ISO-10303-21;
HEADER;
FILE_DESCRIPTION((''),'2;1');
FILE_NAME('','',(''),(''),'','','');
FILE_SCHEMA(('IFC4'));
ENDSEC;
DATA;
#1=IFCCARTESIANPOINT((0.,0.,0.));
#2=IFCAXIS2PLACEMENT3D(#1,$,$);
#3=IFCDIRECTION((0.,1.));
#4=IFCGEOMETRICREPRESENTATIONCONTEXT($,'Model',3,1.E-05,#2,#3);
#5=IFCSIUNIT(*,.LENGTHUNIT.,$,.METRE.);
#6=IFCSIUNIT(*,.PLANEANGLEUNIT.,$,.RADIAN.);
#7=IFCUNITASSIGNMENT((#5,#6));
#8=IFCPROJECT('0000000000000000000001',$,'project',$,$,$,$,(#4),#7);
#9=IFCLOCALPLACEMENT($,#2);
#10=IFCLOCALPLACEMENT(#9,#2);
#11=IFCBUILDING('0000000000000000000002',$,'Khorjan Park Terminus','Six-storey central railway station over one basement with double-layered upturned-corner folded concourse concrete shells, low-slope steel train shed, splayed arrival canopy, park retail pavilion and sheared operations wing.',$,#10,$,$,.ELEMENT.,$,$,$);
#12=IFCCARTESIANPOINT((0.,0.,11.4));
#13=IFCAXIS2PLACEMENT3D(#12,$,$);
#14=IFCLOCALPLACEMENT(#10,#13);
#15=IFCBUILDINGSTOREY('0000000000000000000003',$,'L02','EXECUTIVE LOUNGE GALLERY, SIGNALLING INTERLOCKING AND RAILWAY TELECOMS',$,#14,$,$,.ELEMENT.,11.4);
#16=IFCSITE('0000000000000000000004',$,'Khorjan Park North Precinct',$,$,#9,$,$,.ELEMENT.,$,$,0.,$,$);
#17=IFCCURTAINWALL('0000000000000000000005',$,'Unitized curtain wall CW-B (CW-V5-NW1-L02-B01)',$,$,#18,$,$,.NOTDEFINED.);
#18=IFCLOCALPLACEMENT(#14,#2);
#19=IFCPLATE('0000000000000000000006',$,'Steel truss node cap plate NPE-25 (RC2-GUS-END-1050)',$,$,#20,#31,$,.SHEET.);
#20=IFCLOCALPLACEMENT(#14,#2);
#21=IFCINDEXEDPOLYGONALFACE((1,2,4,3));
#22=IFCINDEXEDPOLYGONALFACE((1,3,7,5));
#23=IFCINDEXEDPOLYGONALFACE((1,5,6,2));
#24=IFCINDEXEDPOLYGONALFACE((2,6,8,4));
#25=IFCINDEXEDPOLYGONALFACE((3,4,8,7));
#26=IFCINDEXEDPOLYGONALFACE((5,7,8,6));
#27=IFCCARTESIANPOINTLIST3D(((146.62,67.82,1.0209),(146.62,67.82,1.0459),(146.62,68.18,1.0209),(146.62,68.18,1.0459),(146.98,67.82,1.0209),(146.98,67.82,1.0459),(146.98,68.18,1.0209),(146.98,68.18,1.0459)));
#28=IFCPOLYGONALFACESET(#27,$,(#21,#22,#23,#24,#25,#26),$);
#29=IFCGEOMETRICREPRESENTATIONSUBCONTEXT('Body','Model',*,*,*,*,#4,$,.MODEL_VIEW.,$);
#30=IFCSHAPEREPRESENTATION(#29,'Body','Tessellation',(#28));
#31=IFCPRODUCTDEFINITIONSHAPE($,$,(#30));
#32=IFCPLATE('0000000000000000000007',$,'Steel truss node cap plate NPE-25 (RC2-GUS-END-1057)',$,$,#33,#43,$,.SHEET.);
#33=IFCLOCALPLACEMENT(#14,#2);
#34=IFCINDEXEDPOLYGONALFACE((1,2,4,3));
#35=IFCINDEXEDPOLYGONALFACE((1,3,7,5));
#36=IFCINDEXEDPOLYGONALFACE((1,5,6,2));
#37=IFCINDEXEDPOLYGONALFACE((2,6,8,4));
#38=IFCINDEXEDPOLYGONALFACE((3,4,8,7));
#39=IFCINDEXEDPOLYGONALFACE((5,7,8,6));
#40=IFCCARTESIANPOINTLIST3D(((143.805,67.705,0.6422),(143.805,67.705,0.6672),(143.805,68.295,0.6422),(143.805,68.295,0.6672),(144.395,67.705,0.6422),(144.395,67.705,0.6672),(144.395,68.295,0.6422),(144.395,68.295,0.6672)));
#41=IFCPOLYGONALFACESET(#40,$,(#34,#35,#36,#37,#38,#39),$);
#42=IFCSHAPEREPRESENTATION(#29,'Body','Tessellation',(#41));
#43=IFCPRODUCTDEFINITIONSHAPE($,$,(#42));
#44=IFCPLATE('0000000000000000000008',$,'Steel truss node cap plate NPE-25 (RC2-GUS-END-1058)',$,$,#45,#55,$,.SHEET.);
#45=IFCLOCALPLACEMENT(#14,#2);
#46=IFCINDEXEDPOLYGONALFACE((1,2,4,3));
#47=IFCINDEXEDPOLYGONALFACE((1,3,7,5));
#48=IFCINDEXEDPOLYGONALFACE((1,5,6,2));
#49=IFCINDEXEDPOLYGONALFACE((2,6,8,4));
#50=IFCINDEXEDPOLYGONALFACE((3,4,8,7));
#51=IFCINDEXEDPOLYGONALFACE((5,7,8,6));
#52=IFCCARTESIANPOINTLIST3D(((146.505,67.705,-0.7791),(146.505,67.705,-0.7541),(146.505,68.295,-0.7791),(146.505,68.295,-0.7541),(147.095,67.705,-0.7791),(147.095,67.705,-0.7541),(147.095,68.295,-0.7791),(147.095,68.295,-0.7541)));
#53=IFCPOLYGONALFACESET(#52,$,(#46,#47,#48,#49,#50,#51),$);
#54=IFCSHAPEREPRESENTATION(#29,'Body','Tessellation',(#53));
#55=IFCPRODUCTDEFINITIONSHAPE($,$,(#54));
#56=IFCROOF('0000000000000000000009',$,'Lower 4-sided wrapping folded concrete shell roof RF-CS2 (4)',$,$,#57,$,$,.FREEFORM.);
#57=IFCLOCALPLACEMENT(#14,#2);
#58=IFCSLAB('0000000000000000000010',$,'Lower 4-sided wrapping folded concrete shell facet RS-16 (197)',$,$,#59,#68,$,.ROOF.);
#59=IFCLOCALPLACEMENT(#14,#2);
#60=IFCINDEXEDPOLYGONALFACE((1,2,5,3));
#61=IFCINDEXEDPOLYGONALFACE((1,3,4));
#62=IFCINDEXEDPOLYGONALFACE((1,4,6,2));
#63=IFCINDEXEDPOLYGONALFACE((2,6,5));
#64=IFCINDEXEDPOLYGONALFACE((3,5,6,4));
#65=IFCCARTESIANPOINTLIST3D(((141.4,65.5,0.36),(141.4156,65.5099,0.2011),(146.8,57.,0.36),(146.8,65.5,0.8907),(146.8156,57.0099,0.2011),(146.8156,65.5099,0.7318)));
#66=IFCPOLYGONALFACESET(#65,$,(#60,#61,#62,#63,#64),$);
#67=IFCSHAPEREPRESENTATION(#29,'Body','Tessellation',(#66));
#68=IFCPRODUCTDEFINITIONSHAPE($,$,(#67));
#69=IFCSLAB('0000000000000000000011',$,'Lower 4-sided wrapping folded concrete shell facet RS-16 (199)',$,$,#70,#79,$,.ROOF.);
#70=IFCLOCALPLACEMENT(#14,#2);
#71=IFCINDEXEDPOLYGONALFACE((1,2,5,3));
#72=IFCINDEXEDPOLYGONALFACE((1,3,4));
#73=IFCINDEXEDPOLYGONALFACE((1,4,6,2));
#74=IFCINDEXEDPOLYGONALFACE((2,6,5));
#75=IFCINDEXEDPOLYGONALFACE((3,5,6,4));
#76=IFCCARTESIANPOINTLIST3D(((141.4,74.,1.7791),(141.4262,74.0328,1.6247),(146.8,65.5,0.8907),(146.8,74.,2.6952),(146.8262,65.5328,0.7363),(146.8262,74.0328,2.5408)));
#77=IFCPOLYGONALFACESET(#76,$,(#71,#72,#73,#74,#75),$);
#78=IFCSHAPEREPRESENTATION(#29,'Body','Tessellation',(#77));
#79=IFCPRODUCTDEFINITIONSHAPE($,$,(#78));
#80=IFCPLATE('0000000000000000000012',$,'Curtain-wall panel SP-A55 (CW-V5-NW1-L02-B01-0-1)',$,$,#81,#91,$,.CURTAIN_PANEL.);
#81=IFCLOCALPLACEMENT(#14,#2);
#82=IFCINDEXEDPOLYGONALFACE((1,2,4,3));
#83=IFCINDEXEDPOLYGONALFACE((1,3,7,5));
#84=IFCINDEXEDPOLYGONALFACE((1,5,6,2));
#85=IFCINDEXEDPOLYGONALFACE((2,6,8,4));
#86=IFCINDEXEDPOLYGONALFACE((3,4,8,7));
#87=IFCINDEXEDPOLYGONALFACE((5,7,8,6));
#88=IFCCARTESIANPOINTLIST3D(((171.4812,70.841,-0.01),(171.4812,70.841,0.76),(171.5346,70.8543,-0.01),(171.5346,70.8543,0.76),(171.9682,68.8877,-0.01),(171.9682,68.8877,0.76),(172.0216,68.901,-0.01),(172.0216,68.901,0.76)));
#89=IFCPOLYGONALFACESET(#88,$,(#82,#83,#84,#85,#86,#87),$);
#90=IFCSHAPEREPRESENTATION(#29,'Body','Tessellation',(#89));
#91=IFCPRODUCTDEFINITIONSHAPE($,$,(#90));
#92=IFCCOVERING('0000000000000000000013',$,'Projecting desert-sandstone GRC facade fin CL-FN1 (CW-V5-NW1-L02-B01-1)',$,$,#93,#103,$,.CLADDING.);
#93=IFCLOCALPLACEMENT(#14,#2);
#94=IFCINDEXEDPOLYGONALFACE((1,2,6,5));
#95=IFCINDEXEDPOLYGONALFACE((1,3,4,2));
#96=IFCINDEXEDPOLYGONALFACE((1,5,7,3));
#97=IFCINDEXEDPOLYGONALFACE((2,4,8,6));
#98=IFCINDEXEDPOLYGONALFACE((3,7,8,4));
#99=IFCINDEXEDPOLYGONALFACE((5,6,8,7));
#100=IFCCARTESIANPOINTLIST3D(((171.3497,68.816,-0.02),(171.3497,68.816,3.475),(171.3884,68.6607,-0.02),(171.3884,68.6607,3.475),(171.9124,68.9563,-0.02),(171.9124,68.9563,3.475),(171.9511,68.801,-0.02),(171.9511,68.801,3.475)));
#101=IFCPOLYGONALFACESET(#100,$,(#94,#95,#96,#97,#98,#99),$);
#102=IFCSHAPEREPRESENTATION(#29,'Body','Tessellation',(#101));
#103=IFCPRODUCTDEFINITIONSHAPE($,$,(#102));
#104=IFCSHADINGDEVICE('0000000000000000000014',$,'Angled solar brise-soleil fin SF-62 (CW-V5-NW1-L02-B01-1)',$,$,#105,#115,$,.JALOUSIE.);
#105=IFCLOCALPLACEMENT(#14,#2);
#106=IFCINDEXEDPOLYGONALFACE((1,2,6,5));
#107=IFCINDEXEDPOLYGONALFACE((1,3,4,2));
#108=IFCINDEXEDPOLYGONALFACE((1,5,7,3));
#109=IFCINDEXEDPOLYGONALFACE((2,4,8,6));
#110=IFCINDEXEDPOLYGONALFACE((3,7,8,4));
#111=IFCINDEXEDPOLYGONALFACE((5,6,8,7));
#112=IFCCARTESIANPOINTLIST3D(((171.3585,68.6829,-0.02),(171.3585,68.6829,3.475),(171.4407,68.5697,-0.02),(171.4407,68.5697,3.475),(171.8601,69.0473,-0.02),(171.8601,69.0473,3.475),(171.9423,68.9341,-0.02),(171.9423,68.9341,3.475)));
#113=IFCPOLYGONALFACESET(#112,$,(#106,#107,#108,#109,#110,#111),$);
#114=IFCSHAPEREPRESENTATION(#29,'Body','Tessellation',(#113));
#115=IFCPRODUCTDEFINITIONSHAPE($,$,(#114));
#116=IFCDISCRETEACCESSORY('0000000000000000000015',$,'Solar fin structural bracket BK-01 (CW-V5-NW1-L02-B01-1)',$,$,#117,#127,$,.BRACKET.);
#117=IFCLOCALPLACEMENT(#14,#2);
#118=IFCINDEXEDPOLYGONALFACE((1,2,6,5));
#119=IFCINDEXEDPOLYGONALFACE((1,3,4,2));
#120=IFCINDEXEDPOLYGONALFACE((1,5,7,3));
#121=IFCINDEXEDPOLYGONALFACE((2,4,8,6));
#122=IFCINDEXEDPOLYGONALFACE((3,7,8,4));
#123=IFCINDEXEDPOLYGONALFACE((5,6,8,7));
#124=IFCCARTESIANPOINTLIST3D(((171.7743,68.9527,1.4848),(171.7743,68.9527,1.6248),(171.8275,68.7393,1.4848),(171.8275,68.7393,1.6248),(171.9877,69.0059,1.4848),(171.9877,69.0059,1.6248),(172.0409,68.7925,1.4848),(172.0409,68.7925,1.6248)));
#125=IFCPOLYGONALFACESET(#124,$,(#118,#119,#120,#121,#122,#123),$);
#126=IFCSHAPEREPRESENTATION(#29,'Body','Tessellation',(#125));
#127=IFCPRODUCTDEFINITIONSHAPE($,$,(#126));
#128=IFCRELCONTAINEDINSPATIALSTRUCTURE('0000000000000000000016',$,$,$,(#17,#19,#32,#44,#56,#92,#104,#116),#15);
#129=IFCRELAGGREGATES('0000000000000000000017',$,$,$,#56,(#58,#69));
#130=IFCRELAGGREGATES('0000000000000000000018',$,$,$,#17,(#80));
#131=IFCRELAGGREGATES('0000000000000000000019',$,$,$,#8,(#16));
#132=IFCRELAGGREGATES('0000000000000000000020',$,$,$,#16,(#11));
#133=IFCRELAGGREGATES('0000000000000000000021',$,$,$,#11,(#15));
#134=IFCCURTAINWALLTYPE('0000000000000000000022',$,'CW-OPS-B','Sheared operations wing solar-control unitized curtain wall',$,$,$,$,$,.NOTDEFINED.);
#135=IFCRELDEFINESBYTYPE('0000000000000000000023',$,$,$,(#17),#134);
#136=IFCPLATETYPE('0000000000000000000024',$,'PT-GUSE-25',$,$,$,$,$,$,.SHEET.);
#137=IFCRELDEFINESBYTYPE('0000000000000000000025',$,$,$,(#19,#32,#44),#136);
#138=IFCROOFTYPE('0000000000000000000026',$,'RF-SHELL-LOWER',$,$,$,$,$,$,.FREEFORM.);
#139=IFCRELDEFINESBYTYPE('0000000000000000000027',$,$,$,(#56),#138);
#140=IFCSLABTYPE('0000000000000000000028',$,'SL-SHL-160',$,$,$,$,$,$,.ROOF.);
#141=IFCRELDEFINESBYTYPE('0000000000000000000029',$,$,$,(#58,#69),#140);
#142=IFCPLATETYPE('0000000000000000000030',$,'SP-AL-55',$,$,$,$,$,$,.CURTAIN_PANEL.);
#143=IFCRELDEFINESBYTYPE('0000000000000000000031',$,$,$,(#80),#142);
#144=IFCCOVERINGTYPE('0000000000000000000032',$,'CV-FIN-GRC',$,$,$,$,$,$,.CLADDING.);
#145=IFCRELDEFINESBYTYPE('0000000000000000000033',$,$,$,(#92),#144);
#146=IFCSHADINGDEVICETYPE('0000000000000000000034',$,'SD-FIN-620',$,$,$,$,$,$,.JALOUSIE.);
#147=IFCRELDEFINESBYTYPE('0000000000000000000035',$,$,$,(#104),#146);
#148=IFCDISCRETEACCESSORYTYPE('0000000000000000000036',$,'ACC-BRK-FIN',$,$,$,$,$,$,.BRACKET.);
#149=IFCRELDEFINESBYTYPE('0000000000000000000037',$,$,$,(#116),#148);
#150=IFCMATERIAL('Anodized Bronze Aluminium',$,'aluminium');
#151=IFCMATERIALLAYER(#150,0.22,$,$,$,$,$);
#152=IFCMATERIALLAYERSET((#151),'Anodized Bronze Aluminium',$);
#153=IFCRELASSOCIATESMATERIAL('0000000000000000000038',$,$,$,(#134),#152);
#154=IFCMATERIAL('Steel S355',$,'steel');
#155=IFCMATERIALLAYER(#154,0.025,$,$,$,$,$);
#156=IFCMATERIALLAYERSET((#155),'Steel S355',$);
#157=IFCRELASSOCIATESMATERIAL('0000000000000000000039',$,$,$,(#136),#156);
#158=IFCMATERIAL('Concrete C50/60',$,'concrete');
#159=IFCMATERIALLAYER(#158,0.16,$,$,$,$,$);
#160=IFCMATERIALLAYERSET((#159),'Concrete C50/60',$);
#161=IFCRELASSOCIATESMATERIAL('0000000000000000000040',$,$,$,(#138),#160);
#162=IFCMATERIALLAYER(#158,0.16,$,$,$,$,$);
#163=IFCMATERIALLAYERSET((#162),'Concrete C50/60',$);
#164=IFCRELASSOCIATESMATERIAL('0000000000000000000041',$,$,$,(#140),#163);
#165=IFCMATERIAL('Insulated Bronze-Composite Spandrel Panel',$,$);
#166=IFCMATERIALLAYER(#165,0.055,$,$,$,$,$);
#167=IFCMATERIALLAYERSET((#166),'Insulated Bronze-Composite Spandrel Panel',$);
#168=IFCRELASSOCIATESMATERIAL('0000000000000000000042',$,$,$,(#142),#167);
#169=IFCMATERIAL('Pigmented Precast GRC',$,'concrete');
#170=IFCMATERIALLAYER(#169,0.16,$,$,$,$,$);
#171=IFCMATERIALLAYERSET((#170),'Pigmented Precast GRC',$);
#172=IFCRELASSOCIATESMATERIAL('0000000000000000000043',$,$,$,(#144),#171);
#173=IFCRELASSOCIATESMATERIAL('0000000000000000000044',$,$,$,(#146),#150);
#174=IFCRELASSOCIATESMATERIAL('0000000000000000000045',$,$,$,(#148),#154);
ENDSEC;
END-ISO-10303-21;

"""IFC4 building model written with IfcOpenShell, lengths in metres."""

from ifc_helpers import new_model, si_unit, direction, frame, origin, origin_2d, place, context, subcontext, project, spatial, polyline, rectangle, outline, extrude, material, layer, layer_set, type_object, element, aggregate, save


model = new_model("IFC4")

# Units and contexts
model_context = context("Model", 3, precision=1e-05, world=origin(), true_north=direction((0.0, 1.0)))
body_context = subcontext(model_context, "Body", "Model", "MODEL_VIEW")
ifc_project = project(units=[si_unit("LENGTHUNIT", "METRE"), si_unit("PLANEANGLEUNIT", "RADIAN")], contexts=[model_context])

# Site, building, storey
site_placement = place(None, origin())
site = spatial("IfcSite", under=ifc_project, at=site_placement, Name="Khorjan Park North Precinct", CompositionType="ELEMENT", RefElevation=0.0)
building_placement = place(site_placement, origin())
building = spatial("IfcBuilding", under=site, at=building_placement, Name="Khorjan Park Terminus", Description="Six-storey central railway station over one basement with double-layered upturned-corner folded concourse concrete shells, low-slope steel train shed, splayed arrival canopy, park retail pavilion and sheared operations wing.", CompositionType="ELEMENT")
storey_placement = place(building_placement, frame((0.0, 0.0, 11.4)))
storey = spatial("IfcBuildingStorey", under=building, at=storey_placement, Name="L02", Description="EXECUTIVE LOUNGE GALLERY, SIGNALLING INTERLOCKING AND RAILWAY TELECOMS", CompositionType="ELEMENT", Elevation=11.4)

# Shared definitions
ifc_material_1 = material(Name="Concrete C50/60", Category="concrete")

# Shared definitions
ifc_material_2 = material(Name="Steel S355", Category="steel")

# Curtain wall
ifc_material_3 = material(Name="Anodized Bronze Aluminium", Category="aluminium")
ifc_layer_1 = layer(ifc_material_3, 0.22)
ifc_layer_set_1 = layer_set([ifc_layer_1], Name="Anodized Bronze Aluminium")
curtain_wall_type = type_object("IfcCurtainWallType", Name="CW-OPS-B", Description="Sheared operations wing solar-control unitized curtain wall", PredefinedType="NOTDEFINED", material=ifc_layer_set_1)
curtain_wall_placement = place(storey_placement, origin())
curtain_wall = element("IfcCurtainWall", 1, at=curtain_wall_placement, inside=storey, type_object=curtain_wall_type, Name="Unitized curtain wall CW-B (CW-V5-NW1-L02-B01)", PredefinedType="NOTDEFINED")

# Plates
ifc_layer_2 = layer(ifc_material_2, 0.025)
ifc_layer_set_2 = layer_set([ifc_layer_2], Name="Steel S355")
plate_type_1 = type_object("IfcPlateType", Name="PT-GUSE-25", PredefinedType="SHEET", material=ifc_layer_set_2)
for number, where, z_axis, x_axis, name in (
    (2, (146.8, 68.0, 1.0209), (0.0, 0.0, 1.0), (1.0, 0.0, 0.0), "Steel truss node cap plate NPE-25 (RC2-GUS-END-1050)"),
):
    element("IfcPlate", number, at=place(storey_placement, frame(where, z_axis=z_axis, x_axis=x_axis)), inside=storey, type_object=plate_type_1, Name=name, PredefinedType="SHEET", context=body_context, shape_type="SweptSolid", body=[
        extrude(rectangle(XDim=0.36, YDim=0.36, at=origin_2d()), origin(), (0.0, 0.0, 1.0), 0.025),
    ])
for number, where, z_axis, x_axis, name in (
    (3, (144.1, 68.0, 0.6422), (0.0, 0.0, 1.0), (1.0, 0.0, 0.0), "Steel truss node cap plate NPE-25 (RC2-GUS-END-1057)"),
    (4, (146.8, 68.0, -0.7791), (0.0, 0.0, 1.0), (1.0, 0.0, 0.0), "Steel truss node cap plate NPE-25 (RC2-GUS-END-1058)"),
):
    element("IfcPlate", number, at=place(storey_placement, frame(where, z_axis=z_axis, x_axis=x_axis)), inside=storey, type_object=plate_type_1, Name=name, PredefinedType="SHEET", context=body_context, shape_type="SweptSolid", body=[
        extrude(rectangle(XDim=0.59, YDim=0.59, at=origin_2d()), origin(), (0.0, 0.0, 1.0), 0.025),
    ])

# Roof, slabs
ifc_layer_3 = layer(ifc_material_1, 0.16)
ifc_layer_set_3 = layer_set([ifc_layer_3], Name="Concrete C50/60")
roof_type = type_object("IfcRoofType", Name="RF-SHELL-LOWER", PredefinedType="FREEFORM", material=ifc_layer_set_3)
roof_placement = place(storey_placement, origin())
roof = element("IfcRoof", 5, at=roof_placement, inside=storey, type_object=roof_type, Name="Lower 4-sided wrapping folded concrete shell roof RF-CS2 (4)", PredefinedType="FREEFORM")
ifc_layer_4 = layer(ifc_material_1, 0.16)
ifc_layer_set_4 = layer_set([ifc_layer_4], Name="Concrete C50/60")
slab_type = type_object("IfcSlabType", Name="SL-SHL-160", PredefinedType="ROOF", material=ifc_layer_set_4)
slab_1_placement = place(storey_placement, frame((146.8, 57.0, 0.36), z_axis=(-0.097618, -0.062016, 0.99329), x_axis=(0.0, 0.998057, 0.062314)))
slab_1 = element("IfcSlab", 6, at=slab_1_placement, type_object=slab_type, Name="Lower 4-sided wrapping folded concrete shell facet RS-16 (197)", PredefinedType="ROOF", context=body_context, shape_type="SweptSolid", body=[
    extrude(outline(polyline([(0.0, 0.0), (8.5166, 0.0), (8.4835, 5.4259), (0.0, 0.0)])), origin(), (0.0, 0.0, -1.0), 0.16),
])
slab_2_placement = place(storey_placement, frame((146.8, 65.5, 0.8907), z_axis=(-0.163711, -0.204864, 0.965002), x_axis=(0.0, 0.9782, 0.207666)))
slab_2 = element("IfcSlab", 7, at=slab_2_placement, type_object=slab_type, Name="Lower 4-sided wrapping folded concrete shell facet RS-16 (199)", PredefinedType="ROOF", context=body_context, shape_type="SweptSolid", body=[
    extrude(outline(polyline([(0.0, 0.0), (8.6894, 0.0), (8.4992, 5.4739), (0.0, 0.0)])), origin(), (0.0, 0.0, -1.0), 0.16),
])
aggregate(roof, [slab_1, slab_2])

# Plate
ifc_material_4 = material(Name="Insulated Bronze-Composite Spandrel Panel")
ifc_layer_5 = layer(ifc_material_4, 0.055)
ifc_layer_set_5 = layer_set([ifc_layer_5], Name="Insulated Bronze-Composite Spandrel Panel")
plate_type_2 = type_object("IfcPlateType", Name="SP-AL-55", PredefinedType="CURTAIN_PANEL", material=ifc_layer_set_5)
plate_1_placement = place(storey_placement, frame((171.7514, 69.871, -0.01), z_axis=(0.0, 0.0, 1.0), x_axis=(0.241921, -0.970296, 0.0)))
plate_1 = element("IfcPlate", 8, at=plate_1_placement, type_object=plate_type_2, Name="Curtain-wall panel SP-A55 (CW-V5-NW1-L02-B01-0-1)", PredefinedType="CURTAIN_PANEL", context=body_context, shape_type="SweptSolid", body=[
    extrude(rectangle(XDim=2.0131, YDim=0.055, at=origin_2d()), origin(), (0.0, 0.0, 1.0), 0.77),
])
aggregate(curtain_wall, [plate_1])

# Covering
ifc_material_5 = material(Name="Pigmented Precast GRC", Category="concrete")
ifc_layer_6 = layer(ifc_material_5, 0.16)
ifc_layer_set_6 = layer_set([ifc_layer_6], Name="Pigmented Precast GRC")
covering_type = type_object("IfcCoveringType", Name="CV-FIN-GRC", PredefinedType="CLADDING", material=ifc_layer_set_6)
covering_placement = place(storey_placement, frame((171.6504, 68.8085, -0.02), z_axis=(0.0, 0.0, 1.0), x_axis=(0.970296, 0.241922, 0.0)))
element("IfcCovering", 9, at=covering_placement, inside=storey, type_object=covering_type, Name="Projecting desert-sandstone GRC facade fin CL-FN1 (CW-V5-NW1-L02-B01-1)", PredefinedType="CLADDING", context=body_context, shape_type="SweptSolid", body=[
    extrude(rectangle(XDim=0.58, YDim=0.16, at=origin_2d()), origin(), (0.0, 0.0, 1.0), 3.495),
])

# Shading device
shading_device_type = type_object("IfcShadingDeviceType", Name="SD-FIN-620", PredefinedType="JALOUSIE", material=ifc_material_3)
shading_device_placement = place(storey_placement, frame((171.6504, 68.8085, -0.02), z_axis=(0.0, 0.0, 1.0), x_axis=(0.809017, 0.587785, 0.0)))
element("IfcShadingDevice", 10, at=shading_device_placement, inside=storey, type_object=shading_device_type, Name="Angled solar brise-soleil fin SF-62 (CW-V5-NW1-L02-B01-1)", PredefinedType="JALOUSIE", context=body_context, shape_type="SweptSolid", body=[
    extrude(rectangle(XDim=0.62, YDim=0.14, at=origin_2d()), origin(), (0.0, 0.0, 1.0), 3.495),
])

# Discrete accessory
discrete_accessory_type = type_object("IfcDiscreteAccessoryType", Name="ACC-BRK-FIN", PredefinedType="BRACKET", material=ifc_material_2)
discrete_accessory_placement = place(storey_placement, frame((171.9076, 68.8726, 1.4848), z_axis=(0.0, 0.0, 1.0), x_axis=(0.241921, -0.970296, 0.0)))
element("IfcDiscreteAccessory", 11, at=discrete_accessory_placement, inside=storey, type_object=discrete_accessory_type, Name="Solar fin structural bracket BK-01 (CW-V5-NW1-L02-B01-1)", PredefinedType="BRACKET", context=body_context, shape_type="SweptSolid", body=[
    extrude(rectangle(XDim=0.22, YDim=0.22, at=origin_2d()), origin(), (0.0, 0.0, 1.0), 0.14),
])

save(model, "model.ifc")
